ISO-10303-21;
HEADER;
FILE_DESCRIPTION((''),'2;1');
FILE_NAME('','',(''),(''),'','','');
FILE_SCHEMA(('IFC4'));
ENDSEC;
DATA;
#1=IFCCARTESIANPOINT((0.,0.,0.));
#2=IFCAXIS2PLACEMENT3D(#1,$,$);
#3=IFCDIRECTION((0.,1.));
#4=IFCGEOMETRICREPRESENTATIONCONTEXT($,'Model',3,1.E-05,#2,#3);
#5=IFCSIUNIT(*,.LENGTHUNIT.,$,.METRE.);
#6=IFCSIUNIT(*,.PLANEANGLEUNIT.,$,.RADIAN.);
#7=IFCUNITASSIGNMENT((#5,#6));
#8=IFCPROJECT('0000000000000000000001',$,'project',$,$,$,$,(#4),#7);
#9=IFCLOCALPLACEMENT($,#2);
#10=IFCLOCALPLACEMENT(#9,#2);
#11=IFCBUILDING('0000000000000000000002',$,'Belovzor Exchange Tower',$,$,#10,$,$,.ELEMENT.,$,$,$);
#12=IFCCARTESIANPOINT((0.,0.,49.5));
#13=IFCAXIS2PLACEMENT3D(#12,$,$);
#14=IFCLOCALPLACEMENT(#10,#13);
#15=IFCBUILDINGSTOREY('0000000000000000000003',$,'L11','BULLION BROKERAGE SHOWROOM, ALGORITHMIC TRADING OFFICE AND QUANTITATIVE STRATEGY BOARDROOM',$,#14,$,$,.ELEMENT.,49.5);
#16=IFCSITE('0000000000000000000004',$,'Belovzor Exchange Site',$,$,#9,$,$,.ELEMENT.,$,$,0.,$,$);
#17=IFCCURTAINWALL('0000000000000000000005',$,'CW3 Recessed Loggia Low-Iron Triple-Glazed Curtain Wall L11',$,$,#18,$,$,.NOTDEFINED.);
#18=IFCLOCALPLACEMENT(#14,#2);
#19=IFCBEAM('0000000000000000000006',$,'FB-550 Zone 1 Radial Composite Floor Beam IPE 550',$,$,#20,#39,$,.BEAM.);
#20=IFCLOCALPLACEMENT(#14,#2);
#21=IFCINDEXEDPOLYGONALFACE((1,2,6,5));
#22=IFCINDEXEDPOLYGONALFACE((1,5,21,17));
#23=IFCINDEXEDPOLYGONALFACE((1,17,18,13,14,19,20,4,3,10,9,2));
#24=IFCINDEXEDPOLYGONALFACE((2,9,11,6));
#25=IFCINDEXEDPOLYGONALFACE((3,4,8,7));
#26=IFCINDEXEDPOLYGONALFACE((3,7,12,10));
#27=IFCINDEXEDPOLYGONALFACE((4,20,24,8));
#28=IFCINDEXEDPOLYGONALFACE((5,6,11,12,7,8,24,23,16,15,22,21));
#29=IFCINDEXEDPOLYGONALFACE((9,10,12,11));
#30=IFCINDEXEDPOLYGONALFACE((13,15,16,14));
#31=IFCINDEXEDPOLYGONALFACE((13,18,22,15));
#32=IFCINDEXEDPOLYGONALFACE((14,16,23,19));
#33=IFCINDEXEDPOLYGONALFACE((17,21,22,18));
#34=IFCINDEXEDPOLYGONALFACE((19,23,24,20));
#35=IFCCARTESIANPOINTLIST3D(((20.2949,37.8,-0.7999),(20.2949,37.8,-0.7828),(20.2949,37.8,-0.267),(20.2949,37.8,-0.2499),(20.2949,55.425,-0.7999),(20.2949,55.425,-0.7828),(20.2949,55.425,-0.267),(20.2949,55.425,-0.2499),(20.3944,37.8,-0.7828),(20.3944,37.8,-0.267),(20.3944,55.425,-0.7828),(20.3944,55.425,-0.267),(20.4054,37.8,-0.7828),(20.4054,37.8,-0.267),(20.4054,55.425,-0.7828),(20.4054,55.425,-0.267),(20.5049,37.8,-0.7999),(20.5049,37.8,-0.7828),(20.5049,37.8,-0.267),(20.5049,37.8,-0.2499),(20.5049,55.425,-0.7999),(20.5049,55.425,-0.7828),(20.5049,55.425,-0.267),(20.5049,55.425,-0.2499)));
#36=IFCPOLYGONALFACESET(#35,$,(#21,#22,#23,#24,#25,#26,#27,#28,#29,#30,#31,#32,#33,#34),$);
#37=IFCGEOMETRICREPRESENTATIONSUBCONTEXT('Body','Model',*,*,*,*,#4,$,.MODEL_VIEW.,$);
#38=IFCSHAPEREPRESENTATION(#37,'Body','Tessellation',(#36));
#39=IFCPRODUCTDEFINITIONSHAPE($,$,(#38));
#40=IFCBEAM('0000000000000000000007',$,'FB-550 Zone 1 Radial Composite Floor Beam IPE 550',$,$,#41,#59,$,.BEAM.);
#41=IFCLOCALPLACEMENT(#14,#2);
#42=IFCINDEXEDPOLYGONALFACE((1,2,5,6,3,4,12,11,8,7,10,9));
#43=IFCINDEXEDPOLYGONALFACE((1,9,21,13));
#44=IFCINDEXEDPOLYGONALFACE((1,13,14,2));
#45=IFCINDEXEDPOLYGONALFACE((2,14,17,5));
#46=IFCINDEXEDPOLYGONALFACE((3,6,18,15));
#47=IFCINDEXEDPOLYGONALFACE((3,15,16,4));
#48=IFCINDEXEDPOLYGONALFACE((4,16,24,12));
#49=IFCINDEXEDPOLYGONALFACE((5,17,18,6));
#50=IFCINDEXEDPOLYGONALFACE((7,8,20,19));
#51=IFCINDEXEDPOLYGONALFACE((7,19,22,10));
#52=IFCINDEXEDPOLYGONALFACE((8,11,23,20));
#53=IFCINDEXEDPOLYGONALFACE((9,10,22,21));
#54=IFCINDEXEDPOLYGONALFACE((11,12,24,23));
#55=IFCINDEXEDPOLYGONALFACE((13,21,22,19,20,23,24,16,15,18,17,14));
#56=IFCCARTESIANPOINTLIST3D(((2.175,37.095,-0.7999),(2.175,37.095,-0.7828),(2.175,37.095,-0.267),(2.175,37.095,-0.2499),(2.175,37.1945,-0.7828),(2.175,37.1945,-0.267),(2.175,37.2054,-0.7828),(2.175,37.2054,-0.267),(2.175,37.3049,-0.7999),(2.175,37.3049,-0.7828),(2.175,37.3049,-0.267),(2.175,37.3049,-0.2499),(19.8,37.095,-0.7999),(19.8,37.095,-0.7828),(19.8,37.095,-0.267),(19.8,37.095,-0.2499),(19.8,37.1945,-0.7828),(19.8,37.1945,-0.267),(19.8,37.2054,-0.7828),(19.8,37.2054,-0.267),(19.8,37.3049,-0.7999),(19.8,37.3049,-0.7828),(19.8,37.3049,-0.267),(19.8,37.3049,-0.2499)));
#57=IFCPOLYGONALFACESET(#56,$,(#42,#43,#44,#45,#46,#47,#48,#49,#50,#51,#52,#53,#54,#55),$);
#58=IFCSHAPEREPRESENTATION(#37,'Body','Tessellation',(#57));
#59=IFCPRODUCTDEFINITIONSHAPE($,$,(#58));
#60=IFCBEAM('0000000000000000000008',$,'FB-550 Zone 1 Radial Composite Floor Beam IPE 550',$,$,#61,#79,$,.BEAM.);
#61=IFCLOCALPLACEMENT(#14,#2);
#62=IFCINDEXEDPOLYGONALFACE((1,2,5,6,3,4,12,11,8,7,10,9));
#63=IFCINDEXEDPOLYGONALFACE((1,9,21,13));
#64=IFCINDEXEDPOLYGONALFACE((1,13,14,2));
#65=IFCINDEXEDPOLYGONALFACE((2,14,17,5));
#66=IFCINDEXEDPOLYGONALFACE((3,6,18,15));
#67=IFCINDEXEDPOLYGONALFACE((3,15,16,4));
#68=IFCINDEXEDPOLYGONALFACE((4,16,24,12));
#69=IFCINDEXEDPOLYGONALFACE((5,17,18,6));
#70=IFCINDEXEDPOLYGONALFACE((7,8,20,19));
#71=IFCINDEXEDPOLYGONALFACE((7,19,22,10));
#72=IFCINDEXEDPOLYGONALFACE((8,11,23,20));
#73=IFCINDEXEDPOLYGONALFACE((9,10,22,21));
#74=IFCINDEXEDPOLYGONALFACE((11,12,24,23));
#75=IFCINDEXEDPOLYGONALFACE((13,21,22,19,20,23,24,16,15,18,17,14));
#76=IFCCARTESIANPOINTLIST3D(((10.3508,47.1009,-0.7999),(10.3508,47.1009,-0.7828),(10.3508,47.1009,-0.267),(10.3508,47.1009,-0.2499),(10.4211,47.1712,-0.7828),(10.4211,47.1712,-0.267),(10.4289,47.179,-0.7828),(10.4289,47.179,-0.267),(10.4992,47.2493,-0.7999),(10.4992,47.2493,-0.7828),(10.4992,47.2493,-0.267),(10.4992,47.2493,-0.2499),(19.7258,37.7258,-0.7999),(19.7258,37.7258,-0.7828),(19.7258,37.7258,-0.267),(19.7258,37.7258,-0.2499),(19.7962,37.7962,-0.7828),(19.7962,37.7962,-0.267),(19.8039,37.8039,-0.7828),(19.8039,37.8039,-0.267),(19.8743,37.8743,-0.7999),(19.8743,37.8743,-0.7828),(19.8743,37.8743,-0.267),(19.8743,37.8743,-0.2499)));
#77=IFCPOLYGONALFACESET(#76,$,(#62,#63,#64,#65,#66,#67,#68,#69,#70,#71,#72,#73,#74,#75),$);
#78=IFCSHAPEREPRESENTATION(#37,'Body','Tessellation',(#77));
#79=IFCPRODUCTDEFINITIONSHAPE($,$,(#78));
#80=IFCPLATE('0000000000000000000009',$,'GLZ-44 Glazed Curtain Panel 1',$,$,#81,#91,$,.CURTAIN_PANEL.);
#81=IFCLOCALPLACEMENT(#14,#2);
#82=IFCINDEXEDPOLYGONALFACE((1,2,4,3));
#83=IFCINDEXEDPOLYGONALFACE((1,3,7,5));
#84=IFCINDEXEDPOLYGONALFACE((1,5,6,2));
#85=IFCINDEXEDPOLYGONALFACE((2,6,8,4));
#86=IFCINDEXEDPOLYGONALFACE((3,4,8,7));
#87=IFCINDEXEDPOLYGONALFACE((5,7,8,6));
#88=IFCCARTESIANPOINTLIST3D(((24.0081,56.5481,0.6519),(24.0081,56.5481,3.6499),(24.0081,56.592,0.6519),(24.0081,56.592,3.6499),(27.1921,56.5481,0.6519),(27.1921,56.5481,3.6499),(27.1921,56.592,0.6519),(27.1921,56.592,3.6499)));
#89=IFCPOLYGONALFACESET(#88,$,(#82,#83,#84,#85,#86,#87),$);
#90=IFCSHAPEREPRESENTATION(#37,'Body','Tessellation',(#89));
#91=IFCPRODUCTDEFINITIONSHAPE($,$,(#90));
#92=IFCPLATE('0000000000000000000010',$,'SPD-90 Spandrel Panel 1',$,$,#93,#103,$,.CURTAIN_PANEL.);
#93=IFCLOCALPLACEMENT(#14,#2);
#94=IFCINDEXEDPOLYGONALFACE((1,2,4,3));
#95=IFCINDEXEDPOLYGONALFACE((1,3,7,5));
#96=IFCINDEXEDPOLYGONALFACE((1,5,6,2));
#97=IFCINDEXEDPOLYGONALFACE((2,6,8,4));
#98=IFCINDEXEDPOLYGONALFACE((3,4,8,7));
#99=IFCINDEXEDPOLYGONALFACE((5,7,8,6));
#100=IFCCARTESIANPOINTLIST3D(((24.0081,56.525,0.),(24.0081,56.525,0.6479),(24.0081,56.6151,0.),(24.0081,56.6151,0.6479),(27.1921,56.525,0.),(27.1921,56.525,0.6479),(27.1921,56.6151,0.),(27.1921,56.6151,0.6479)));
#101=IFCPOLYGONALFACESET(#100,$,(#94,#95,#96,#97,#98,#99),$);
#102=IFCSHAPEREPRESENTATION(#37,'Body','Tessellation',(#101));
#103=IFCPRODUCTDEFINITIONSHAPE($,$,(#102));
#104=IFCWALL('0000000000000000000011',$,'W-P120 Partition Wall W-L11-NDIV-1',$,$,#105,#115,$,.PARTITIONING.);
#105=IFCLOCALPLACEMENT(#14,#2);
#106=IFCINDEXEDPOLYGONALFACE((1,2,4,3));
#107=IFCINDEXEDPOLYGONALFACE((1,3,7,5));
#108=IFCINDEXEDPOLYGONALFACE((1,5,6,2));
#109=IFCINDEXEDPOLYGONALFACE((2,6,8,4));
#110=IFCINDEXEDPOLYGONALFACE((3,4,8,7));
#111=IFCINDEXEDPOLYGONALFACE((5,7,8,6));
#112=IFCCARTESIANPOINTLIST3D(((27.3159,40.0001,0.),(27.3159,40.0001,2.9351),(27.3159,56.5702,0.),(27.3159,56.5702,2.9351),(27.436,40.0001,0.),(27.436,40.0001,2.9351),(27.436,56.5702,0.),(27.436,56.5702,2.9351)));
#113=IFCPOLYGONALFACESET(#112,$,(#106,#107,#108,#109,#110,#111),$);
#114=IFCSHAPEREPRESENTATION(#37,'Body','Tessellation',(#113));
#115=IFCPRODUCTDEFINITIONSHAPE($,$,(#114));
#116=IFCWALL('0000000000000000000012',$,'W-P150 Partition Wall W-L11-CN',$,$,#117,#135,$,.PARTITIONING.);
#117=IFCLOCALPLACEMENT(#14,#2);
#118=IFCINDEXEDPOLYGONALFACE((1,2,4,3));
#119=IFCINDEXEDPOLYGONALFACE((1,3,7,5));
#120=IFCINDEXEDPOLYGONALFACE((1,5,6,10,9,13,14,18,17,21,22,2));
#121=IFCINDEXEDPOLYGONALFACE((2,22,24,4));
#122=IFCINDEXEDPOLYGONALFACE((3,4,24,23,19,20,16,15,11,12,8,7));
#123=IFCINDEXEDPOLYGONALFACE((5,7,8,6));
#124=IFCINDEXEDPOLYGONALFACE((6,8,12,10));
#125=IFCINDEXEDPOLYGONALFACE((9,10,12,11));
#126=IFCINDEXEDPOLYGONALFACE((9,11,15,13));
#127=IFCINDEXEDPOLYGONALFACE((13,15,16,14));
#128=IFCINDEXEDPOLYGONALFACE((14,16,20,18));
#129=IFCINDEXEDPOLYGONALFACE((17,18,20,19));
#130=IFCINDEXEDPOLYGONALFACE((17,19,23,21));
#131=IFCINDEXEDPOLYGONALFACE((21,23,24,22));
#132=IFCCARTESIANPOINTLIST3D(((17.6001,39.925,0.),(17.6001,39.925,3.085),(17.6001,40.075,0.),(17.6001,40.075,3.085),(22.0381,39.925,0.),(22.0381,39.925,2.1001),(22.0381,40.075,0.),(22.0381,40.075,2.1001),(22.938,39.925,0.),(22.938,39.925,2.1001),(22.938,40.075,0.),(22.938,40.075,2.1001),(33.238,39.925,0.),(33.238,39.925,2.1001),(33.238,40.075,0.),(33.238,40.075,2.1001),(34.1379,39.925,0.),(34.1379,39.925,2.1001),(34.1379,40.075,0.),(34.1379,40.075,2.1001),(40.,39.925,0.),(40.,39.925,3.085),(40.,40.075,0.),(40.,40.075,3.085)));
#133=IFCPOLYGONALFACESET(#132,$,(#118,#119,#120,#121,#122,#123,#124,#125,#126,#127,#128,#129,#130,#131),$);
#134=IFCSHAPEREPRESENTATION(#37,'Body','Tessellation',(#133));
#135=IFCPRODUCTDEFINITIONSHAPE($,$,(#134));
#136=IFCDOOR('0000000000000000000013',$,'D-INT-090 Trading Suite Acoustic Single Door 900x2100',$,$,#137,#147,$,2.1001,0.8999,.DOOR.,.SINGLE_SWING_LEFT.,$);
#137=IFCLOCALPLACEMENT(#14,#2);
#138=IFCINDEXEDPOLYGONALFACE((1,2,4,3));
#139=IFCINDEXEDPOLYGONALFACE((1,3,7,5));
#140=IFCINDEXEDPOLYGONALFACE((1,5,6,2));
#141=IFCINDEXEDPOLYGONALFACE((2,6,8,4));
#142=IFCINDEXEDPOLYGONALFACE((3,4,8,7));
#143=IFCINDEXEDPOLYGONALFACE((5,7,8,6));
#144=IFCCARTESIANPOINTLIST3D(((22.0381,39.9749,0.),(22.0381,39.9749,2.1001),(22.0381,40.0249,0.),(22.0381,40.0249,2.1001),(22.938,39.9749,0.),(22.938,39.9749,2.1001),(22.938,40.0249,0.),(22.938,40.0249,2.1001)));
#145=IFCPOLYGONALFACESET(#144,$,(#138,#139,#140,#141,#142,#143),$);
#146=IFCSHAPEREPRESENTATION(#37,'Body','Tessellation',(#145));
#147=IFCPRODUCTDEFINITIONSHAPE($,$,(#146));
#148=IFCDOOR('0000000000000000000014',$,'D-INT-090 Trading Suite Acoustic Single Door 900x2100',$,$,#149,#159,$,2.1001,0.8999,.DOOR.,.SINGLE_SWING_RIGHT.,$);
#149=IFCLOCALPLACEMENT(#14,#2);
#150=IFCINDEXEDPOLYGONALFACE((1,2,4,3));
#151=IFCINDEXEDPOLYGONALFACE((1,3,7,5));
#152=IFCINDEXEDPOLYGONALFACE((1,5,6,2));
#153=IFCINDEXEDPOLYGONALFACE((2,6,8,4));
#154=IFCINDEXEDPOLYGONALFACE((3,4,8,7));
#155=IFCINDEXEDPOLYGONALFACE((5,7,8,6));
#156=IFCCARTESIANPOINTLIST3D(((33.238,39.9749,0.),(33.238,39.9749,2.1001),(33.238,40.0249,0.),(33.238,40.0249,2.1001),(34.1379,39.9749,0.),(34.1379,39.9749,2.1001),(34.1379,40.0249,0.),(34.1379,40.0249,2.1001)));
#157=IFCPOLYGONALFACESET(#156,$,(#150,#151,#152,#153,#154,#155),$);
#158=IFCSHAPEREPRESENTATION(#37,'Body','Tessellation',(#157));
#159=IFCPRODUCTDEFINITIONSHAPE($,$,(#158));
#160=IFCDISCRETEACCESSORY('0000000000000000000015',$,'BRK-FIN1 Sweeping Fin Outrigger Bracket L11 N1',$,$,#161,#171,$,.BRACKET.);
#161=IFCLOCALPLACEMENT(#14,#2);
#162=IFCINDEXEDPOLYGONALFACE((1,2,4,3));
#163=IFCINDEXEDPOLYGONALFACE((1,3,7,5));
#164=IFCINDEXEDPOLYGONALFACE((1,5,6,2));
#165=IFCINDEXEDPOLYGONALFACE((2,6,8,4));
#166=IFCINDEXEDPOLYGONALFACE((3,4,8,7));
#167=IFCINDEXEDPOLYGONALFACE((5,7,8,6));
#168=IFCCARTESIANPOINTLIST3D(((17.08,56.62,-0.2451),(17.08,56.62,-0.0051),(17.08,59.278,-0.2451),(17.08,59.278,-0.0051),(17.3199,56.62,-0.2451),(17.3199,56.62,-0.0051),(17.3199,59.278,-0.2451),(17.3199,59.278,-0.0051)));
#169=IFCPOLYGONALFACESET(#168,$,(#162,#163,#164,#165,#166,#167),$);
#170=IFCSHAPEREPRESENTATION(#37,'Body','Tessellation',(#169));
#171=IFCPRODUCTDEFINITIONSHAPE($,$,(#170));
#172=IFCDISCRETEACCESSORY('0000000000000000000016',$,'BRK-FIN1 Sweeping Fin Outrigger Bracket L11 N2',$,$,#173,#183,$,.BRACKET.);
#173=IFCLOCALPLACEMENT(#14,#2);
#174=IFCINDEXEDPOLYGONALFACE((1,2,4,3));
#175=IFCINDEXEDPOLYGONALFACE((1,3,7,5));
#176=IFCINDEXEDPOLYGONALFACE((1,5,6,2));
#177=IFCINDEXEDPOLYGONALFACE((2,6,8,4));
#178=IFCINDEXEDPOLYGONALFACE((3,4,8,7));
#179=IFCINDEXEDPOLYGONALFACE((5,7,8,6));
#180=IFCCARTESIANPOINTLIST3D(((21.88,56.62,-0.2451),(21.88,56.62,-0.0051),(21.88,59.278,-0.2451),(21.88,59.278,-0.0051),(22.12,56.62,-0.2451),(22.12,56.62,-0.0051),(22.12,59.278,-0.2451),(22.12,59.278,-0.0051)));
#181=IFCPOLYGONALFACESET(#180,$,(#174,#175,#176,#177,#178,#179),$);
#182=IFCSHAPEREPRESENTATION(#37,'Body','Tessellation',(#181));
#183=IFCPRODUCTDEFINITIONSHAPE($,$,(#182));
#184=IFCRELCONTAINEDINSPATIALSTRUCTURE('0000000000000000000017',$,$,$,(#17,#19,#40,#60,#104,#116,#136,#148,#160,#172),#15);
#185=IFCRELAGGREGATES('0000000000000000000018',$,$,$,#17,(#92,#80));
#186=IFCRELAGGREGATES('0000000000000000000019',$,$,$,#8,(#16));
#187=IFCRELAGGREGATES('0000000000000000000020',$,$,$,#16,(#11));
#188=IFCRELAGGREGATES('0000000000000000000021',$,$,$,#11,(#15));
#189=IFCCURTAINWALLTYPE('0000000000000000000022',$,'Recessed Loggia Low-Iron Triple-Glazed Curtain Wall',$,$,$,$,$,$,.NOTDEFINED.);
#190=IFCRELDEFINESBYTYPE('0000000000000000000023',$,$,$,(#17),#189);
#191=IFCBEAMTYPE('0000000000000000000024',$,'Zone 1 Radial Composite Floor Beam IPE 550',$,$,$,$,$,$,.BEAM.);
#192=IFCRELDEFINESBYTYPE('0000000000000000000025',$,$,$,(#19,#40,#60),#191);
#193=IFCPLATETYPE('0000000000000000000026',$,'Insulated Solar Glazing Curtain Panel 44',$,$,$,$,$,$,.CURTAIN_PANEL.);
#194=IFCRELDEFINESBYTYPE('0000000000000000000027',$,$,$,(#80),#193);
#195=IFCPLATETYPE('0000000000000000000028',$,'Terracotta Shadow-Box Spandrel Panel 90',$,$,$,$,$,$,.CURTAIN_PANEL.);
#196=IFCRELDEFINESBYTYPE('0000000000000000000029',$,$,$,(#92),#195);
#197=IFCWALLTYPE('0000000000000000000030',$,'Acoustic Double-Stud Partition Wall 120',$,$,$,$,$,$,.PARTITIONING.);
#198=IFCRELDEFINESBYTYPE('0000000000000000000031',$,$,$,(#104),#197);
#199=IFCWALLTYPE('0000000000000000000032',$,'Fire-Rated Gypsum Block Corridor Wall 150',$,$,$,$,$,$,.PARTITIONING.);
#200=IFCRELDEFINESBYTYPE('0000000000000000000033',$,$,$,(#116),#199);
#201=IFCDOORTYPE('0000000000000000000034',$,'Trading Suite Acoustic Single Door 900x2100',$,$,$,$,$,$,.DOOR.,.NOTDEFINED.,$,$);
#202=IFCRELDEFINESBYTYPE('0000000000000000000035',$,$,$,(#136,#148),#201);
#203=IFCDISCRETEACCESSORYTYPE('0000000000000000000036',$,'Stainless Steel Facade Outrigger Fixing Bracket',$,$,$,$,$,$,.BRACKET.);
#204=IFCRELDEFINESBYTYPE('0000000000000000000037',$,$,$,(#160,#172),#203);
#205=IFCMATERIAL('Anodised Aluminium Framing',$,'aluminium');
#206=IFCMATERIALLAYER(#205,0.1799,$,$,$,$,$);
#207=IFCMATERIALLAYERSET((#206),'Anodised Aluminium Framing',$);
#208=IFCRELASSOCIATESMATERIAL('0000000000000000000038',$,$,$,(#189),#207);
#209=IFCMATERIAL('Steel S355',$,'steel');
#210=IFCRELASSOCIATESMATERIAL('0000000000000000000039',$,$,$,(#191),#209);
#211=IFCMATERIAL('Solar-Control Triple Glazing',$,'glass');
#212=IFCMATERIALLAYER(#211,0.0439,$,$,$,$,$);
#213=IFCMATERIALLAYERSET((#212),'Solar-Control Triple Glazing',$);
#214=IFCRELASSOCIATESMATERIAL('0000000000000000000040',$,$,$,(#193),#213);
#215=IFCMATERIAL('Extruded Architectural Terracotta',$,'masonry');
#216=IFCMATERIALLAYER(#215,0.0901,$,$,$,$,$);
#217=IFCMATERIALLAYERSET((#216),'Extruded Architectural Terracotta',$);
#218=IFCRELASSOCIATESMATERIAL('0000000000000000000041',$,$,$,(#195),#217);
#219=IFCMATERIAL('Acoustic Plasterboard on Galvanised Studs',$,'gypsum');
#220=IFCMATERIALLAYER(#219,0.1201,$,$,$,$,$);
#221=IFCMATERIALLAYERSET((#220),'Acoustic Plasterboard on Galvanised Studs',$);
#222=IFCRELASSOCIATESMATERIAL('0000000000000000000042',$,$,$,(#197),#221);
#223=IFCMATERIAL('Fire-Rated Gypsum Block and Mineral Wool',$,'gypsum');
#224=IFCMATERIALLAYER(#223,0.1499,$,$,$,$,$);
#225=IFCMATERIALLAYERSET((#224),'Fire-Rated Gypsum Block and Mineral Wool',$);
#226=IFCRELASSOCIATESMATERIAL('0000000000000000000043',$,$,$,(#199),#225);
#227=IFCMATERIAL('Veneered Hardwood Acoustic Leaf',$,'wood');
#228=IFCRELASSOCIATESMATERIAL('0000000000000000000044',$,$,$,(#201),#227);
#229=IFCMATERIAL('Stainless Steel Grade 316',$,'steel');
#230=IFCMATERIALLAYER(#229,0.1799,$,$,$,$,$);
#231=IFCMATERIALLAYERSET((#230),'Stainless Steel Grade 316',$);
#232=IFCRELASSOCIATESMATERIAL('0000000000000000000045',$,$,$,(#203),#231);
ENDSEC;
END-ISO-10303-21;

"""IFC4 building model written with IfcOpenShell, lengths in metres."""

from ifc_helpers import new_model, si_unit, direction, frame, frame_2d, origin, origin_2d, place, context, subcontext, project, spatial, rectangle, i_section, extrude, material, layer, layer_set, material_profile, profile_set, type_object, element, fill, aggregate, save


model = new_model("IFC4")

# Units and contexts
model_context = context("Model", 3, precision=1e-05, world=origin(), true_north=direction((0.0, 1.0)))
body_context = subcontext(model_context, "Body", "Model", "MODEL_VIEW")
ifc_project = project(units=[si_unit("LENGTHUNIT", "METRE"), si_unit("PLANEANGLEUNIT", "RADIAN")], contexts=[model_context])

# Site, building, storey
site_placement = place(None, origin())
site = spatial("IfcSite", under=ifc_project, at=site_placement, Name="Belovzor Exchange Site", CompositionType="ELEMENT", RefElevation=0.0)
building_placement = place(site_placement, origin())
building = spatial("IfcBuilding", under=site, at=building_placement, Name="Belovzor Exchange Tower", CompositionType="ELEMENT")
storey_placement = place(building_placement, frame((0.0, 0.0, 49.5)))
storey = spatial("IfcBuildingStorey", under=building, at=storey_placement, Name="L11", Description="BULLION BROKERAGE SHOWROOM, ALGORITHMIC TRADING OFFICE AND QUANTITATIVE STRATEGY BOARDROOM", CompositionType="ELEMENT", Elevation=49.5)

# Curtain wall
ifc_material_1 = material(Name="Anodised Aluminium Framing", Category="aluminium")
ifc_layer_1 = layer(ifc_material_1, 0.1799)
ifc_layer_set_1 = layer_set([ifc_layer_1], Name="Anodised Aluminium Framing")
curtain_wall_type = type_object("IfcCurtainWallType", Name="Recessed Loggia Low-Iron Triple-Glazed Curtain Wall", PredefinedType="NOTDEFINED", material=ifc_layer_set_1)
curtain_wall_placement = place(storey_placement, origin())
curtain_wall = element("IfcCurtainWall", 1, at=curtain_wall_placement, inside=storey, type_object=curtain_wall_type, Name="CW3 Recessed Loggia Low-Iron Triple-Glazed Curtain Wall L11", PredefinedType="NOTDEFINED")

# Beams
ifc_material_2 = material(Name="Steel S355", Category="steel")
ifc_material_profile_1 = material_profile(ifc_material_2, i_section(OverallWidth=0.21, OverallDepth=0.55, WebThickness=0.011, FlangeThickness=0.0171, at=origin_2d()))
ifc_profile_set_1 = profile_set([ifc_material_profile_1], Name="Steel S355")
beam_type_1 = type_object("IfcBeamType", Name="Zone 1 Radial Composite Floor Beam IPE 550", PredefinedType="BEAM", material=ifc_profile_set_1)
for number, where, z_axis, x_axis, name in (
    (2, (20.3999, 37.8, -0.5249), (0.0, 1.0, 0.0), (-1.0, 0.0, 0.0), "FB-550 Zone 1 Radial Composite Floor Beam IPE 550"),
    (3, (19.8, 37.2, -0.5249), (-1.0, 0.0, 0.0), (0.0, -1.0, 0.0), "FB-550 Zone 1 Radial Composite Floor Beam IPE 550"),
):
    element("IfcBeam", number, at=place(storey_placement, frame(where, z_axis=z_axis, x_axis=x_axis)), inside=storey, type_object=beam_type_1, Name=name, PredefinedType="BEAM", context=body_context, shape_type="SweptSolid", body=[
        extrude(i_section(OverallWidth=0.21, OverallDepth=0.55, WebThickness=0.011, FlangeThickness=0.0171, at=origin_2d()), origin(), (0.0, 0.0, 1.0), 17.625),
    ])
beam_1_placement = place(storey_placement, frame((19.8, 37.8, -0.5249), z_axis=(-0.707107, 0.707107, 0.0), x_axis=(-0.707107, -0.707107, 0.0)))
element("IfcBeam", 4, at=beam_1_placement, inside=storey, type_object=beam_type_1, Name="FB-550 Zone 1 Radial Composite Floor Beam IPE 550", PredefinedType="BEAM", context=body_context, shape_type="SweptSolid", body=[
    extrude(i_section(OverallWidth=0.21, OverallDepth=0.55, WebThickness=0.011, FlangeThickness=0.0171, at=origin_2d()), origin(), (0.0, 0.0, 1.0), 13.2583),
])

# Plates
ifc_material_3 = material(Name="Solar-Control Triple Glazing", Category="glass")
ifc_layer_2 = layer(ifc_material_3, 0.0439)
ifc_layer_set_2 = layer_set([ifc_layer_2], Name="Solar-Control Triple Glazing")
plate_type_1 = type_object("IfcPlateType", Name="Insulated Solar Glazing Curtain Panel 44", PredefinedType="CURTAIN_PANEL", material=ifc_layer_set_2)
plate_1_placement = place(storey_placement, frame((25.6001, 56.5701, 0.6519), z_axis=(0.0, 0.0, 1.0), x_axis=(1.0, 0.0, 0.0)))
plate_1 = element("IfcPlate", 5, at=plate_1_placement, type_object=plate_type_1, Name="GLZ-44 Glazed Curtain Panel 1", PredefinedType="CURTAIN_PANEL", context=body_context, shape_type="SweptSolid", body=[
    extrude(rectangle(XDim=3.1841, YDim=0.0439, at=origin_2d()), origin(), (0.0, 0.0, 1.0), 2.998),
])
ifc_material_4 = material(Name="Extruded Architectural Terracotta", Category="masonry")
ifc_layer_3 = layer(ifc_material_4, 0.0901)
ifc_layer_set_3 = layer_set([ifc_layer_3], Name="Extruded Architectural Terracotta")
plate_type_2 = type_object("IfcPlateType", Name="Terracotta Shadow-Box Spandrel Panel 90", PredefinedType="CURTAIN_PANEL", material=ifc_layer_set_3)
plate_2_placement = place(storey_placement, frame((25.6001, 56.5701, 0.0), z_axis=(0.0, 0.0, 1.0), x_axis=(1.0, 0.0, 0.0)))
plate_2 = element("IfcPlate", 6, at=plate_2_placement, type_object=plate_type_2, Name="SPD-90 Spandrel Panel 1", PredefinedType="CURTAIN_PANEL", context=body_context, shape_type="SweptSolid", body=[
    extrude(rectangle(XDim=3.1841, YDim=0.0901, at=origin_2d()), origin(), (0.0, 0.0, 1.0), 0.6479),
])
aggregate(curtain_wall, [plate_2, plate_1])

# Wall
ifc_material_5 = material(Name="Acoustic Plasterboard on Galvanised Studs", Category="gypsum")
ifc_layer_4 = layer(ifc_material_5, 0.1201)
ifc_layer_set_4 = layer_set([ifc_layer_4], Name="Acoustic Plasterboard on Galvanised Studs")
wall_type_1 = type_object("IfcWallType", Name="Acoustic Double-Stud Partition Wall 120", PredefinedType="PARTITIONING", material=ifc_layer_set_4)
wall_1_placement = place(storey_placement, frame((27.376, 40.0, 0.0), z_axis=(0.0, 0.0, 1.0), x_axis=(0.0, 1.0, 0.0)))
element("IfcWall", 7, at=wall_1_placement, inside=storey, type_object=wall_type_1, Name="W-P120 Partition Wall W-L11-NDIV-1", PredefinedType="PARTITIONING", context=body_context, shape_type="SweptSolid", body=[
    extrude(rectangle(XDim=16.5701, YDim=0.1201, at=frame_2d((8.2852, 0.0))), origin(), (0.0, 0.0, 1.0), 2.9351),
])

# Wall, openings, doors
ifc_material_6 = material(Name="Fire-Rated Gypsum Block and Mineral Wool", Category="gypsum")
ifc_layer_5 = layer(ifc_material_6, 0.1499)
ifc_layer_set_5 = layer_set([ifc_layer_5], Name="Fire-Rated Gypsum Block and Mineral Wool")
wall_type_2 = type_object("IfcWallType", Name="Fire-Rated Gypsum Block Corridor Wall 150", PredefinedType="PARTITIONING", material=ifc_layer_set_5)
wall_2_placement = place(storey_placement, frame((17.6001, 40.0, 0.0), z_axis=(0.0, 0.0, 1.0), x_axis=(1.0, 0.0, 0.0)))
wall_2 = element("IfcWall", 8, at=wall_2_placement, inside=storey, type_object=wall_type_2, Name="W-P150 Partition Wall W-L11-CN", PredefinedType="PARTITIONING", context=body_context, shape_type="SweptSolid", body=[
    extrude(rectangle(XDim=22.3999, YDim=0.1499, at=frame_2d((11.2, 0.0))), origin(), (0.0, 0.0, 1.0), 3.085),
])
opening_1_placement = place(wall_2_placement, frame((4.438, 0.0, 0.0)))
opening_1 = element("IfcOpeningElement", 9, at=opening_1_placement, cuts=wall_2, PredefinedType="OPENING", context=body_context, shape_type="SweptSolid", body=[
    extrude(rectangle(XDim=0.8999, YDim=2.1001, at=frame_2d((0.45, 1.05))), frame((0.0, 0.085, 0.0), z_axis=(0.0, -1.0, 0.0), x_axis=(1.0, 0.0, 0.0)), (0.0, 0.0, 1.0), 0.1699),
])
opening_2_placement = place(wall_2_placement, frame((15.6379, 0.0, 0.0)))
opening_2 = element("IfcOpeningElement", 10, at=opening_2_placement, cuts=wall_2, PredefinedType="OPENING", context=body_context, shape_type="SweptSolid", body=[
    extrude(rectangle(XDim=0.8999, YDim=2.1001, at=frame_2d((0.45, 1.05))), frame((0.0, 0.085, 0.0), z_axis=(0.0, -1.0, 0.0), x_axis=(1.0, 0.0, 0.0)), (0.0, 0.0, 1.0), 0.1699),
])
ifc_material_7 = material(Name="Veneered Hardwood Acoustic Leaf", Category="wood")
door_type_1 = type_object("IfcDoorType", Name="Trading Suite Acoustic Single Door 900x2100", OperationType="NOTDEFINED", PredefinedType="DOOR", material=ifc_material_7)
door_1_placement = place(opening_1_placement, origin())
door_1 = element("IfcDoor", 11, at=door_1_placement, inside=storey, type_object=door_type_1, Name="D-INT-090 Trading Suite Acoustic Single Door 900x2100", OperationType="SINGLE_SWING_LEFT", OverallHeight=2.1001, OverallWidth=0.8999, PredefinedType="DOOR", context=body_context, shape_type="SweptSolid", body=[
    extrude(rectangle(XDim=0.8999, YDim=2.1001, at=frame_2d((0.45, 1.05))), frame((0.0, 0.0249, 0.0), z_axis=(0.0, -1.0, 0.0), x_axis=(1.0, 0.0, 0.0)), (0.0, 0.0, 1.0), 0.05),
])
fill(opening_1, door_1)
door_2_placement = place(opening_2_placement, origin())
door_2 = element("IfcDoor", 12, at=door_2_placement, inside=storey, type_object=door_type_1, Name="D-INT-090 Trading Suite Acoustic Single Door 900x2100", OperationType="SINGLE_SWING_RIGHT", OverallHeight=2.1001, OverallWidth=0.8999, PredefinedType="DOOR", context=body_context, shape_type="SweptSolid", body=[
    extrude(rectangle(XDim=0.8999, YDim=2.1001, at=frame_2d((0.45, 1.05))), frame((0.0, 0.0249, 0.0), z_axis=(0.0, -1.0, 0.0), x_axis=(1.0, 0.0, 0.0)), (0.0, 0.0, 1.0), 0.05),
])
fill(opening_2, door_2)

# Discrete accessories
ifc_material_8 = material(Name="Stainless Steel Grade 316", Category="steel")
ifc_layer_6 = layer(ifc_material_8, 0.1799)
ifc_layer_set_6 = layer_set([ifc_layer_6], Name="Stainless Steel Grade 316")
discrete_accessory_type = type_object("IfcDiscreteAccessoryType", Name="Stainless Steel Facade Outrigger Fixing Bracket", PredefinedType="BRACKET", material=ifc_layer_set_6)
for number, where, z_axis, x_axis, name in (
    (13, (17.2, 57.949, -0.2451), (0.0, 0.0, 1.0), (0.0, 1.0, 0.0), "BRK-FIN1 Sweeping Fin Outrigger Bracket L11 N1"),
    (14, (22.0, 57.949, -0.2451), (0.0, 0.0, 1.0), (0.0, 1.0, 0.0), "BRK-FIN1 Sweeping Fin Outrigger Bracket L11 N2"),
):
    element("IfcDiscreteAccessory", number, at=place(storey_placement, frame(where, z_axis=z_axis, x_axis=x_axis)), inside=storey, type_object=discrete_accessory_type, Name=name, PredefinedType="BRACKET", context=body_context, shape_type="SweptSolid", body=[
        extrude(rectangle(XDim=2.658, YDim=0.24, at=origin_2d()), origin(), (0.0, 0.0, 1.0), 0.24),
    ])

save(model, "model.ifc")
